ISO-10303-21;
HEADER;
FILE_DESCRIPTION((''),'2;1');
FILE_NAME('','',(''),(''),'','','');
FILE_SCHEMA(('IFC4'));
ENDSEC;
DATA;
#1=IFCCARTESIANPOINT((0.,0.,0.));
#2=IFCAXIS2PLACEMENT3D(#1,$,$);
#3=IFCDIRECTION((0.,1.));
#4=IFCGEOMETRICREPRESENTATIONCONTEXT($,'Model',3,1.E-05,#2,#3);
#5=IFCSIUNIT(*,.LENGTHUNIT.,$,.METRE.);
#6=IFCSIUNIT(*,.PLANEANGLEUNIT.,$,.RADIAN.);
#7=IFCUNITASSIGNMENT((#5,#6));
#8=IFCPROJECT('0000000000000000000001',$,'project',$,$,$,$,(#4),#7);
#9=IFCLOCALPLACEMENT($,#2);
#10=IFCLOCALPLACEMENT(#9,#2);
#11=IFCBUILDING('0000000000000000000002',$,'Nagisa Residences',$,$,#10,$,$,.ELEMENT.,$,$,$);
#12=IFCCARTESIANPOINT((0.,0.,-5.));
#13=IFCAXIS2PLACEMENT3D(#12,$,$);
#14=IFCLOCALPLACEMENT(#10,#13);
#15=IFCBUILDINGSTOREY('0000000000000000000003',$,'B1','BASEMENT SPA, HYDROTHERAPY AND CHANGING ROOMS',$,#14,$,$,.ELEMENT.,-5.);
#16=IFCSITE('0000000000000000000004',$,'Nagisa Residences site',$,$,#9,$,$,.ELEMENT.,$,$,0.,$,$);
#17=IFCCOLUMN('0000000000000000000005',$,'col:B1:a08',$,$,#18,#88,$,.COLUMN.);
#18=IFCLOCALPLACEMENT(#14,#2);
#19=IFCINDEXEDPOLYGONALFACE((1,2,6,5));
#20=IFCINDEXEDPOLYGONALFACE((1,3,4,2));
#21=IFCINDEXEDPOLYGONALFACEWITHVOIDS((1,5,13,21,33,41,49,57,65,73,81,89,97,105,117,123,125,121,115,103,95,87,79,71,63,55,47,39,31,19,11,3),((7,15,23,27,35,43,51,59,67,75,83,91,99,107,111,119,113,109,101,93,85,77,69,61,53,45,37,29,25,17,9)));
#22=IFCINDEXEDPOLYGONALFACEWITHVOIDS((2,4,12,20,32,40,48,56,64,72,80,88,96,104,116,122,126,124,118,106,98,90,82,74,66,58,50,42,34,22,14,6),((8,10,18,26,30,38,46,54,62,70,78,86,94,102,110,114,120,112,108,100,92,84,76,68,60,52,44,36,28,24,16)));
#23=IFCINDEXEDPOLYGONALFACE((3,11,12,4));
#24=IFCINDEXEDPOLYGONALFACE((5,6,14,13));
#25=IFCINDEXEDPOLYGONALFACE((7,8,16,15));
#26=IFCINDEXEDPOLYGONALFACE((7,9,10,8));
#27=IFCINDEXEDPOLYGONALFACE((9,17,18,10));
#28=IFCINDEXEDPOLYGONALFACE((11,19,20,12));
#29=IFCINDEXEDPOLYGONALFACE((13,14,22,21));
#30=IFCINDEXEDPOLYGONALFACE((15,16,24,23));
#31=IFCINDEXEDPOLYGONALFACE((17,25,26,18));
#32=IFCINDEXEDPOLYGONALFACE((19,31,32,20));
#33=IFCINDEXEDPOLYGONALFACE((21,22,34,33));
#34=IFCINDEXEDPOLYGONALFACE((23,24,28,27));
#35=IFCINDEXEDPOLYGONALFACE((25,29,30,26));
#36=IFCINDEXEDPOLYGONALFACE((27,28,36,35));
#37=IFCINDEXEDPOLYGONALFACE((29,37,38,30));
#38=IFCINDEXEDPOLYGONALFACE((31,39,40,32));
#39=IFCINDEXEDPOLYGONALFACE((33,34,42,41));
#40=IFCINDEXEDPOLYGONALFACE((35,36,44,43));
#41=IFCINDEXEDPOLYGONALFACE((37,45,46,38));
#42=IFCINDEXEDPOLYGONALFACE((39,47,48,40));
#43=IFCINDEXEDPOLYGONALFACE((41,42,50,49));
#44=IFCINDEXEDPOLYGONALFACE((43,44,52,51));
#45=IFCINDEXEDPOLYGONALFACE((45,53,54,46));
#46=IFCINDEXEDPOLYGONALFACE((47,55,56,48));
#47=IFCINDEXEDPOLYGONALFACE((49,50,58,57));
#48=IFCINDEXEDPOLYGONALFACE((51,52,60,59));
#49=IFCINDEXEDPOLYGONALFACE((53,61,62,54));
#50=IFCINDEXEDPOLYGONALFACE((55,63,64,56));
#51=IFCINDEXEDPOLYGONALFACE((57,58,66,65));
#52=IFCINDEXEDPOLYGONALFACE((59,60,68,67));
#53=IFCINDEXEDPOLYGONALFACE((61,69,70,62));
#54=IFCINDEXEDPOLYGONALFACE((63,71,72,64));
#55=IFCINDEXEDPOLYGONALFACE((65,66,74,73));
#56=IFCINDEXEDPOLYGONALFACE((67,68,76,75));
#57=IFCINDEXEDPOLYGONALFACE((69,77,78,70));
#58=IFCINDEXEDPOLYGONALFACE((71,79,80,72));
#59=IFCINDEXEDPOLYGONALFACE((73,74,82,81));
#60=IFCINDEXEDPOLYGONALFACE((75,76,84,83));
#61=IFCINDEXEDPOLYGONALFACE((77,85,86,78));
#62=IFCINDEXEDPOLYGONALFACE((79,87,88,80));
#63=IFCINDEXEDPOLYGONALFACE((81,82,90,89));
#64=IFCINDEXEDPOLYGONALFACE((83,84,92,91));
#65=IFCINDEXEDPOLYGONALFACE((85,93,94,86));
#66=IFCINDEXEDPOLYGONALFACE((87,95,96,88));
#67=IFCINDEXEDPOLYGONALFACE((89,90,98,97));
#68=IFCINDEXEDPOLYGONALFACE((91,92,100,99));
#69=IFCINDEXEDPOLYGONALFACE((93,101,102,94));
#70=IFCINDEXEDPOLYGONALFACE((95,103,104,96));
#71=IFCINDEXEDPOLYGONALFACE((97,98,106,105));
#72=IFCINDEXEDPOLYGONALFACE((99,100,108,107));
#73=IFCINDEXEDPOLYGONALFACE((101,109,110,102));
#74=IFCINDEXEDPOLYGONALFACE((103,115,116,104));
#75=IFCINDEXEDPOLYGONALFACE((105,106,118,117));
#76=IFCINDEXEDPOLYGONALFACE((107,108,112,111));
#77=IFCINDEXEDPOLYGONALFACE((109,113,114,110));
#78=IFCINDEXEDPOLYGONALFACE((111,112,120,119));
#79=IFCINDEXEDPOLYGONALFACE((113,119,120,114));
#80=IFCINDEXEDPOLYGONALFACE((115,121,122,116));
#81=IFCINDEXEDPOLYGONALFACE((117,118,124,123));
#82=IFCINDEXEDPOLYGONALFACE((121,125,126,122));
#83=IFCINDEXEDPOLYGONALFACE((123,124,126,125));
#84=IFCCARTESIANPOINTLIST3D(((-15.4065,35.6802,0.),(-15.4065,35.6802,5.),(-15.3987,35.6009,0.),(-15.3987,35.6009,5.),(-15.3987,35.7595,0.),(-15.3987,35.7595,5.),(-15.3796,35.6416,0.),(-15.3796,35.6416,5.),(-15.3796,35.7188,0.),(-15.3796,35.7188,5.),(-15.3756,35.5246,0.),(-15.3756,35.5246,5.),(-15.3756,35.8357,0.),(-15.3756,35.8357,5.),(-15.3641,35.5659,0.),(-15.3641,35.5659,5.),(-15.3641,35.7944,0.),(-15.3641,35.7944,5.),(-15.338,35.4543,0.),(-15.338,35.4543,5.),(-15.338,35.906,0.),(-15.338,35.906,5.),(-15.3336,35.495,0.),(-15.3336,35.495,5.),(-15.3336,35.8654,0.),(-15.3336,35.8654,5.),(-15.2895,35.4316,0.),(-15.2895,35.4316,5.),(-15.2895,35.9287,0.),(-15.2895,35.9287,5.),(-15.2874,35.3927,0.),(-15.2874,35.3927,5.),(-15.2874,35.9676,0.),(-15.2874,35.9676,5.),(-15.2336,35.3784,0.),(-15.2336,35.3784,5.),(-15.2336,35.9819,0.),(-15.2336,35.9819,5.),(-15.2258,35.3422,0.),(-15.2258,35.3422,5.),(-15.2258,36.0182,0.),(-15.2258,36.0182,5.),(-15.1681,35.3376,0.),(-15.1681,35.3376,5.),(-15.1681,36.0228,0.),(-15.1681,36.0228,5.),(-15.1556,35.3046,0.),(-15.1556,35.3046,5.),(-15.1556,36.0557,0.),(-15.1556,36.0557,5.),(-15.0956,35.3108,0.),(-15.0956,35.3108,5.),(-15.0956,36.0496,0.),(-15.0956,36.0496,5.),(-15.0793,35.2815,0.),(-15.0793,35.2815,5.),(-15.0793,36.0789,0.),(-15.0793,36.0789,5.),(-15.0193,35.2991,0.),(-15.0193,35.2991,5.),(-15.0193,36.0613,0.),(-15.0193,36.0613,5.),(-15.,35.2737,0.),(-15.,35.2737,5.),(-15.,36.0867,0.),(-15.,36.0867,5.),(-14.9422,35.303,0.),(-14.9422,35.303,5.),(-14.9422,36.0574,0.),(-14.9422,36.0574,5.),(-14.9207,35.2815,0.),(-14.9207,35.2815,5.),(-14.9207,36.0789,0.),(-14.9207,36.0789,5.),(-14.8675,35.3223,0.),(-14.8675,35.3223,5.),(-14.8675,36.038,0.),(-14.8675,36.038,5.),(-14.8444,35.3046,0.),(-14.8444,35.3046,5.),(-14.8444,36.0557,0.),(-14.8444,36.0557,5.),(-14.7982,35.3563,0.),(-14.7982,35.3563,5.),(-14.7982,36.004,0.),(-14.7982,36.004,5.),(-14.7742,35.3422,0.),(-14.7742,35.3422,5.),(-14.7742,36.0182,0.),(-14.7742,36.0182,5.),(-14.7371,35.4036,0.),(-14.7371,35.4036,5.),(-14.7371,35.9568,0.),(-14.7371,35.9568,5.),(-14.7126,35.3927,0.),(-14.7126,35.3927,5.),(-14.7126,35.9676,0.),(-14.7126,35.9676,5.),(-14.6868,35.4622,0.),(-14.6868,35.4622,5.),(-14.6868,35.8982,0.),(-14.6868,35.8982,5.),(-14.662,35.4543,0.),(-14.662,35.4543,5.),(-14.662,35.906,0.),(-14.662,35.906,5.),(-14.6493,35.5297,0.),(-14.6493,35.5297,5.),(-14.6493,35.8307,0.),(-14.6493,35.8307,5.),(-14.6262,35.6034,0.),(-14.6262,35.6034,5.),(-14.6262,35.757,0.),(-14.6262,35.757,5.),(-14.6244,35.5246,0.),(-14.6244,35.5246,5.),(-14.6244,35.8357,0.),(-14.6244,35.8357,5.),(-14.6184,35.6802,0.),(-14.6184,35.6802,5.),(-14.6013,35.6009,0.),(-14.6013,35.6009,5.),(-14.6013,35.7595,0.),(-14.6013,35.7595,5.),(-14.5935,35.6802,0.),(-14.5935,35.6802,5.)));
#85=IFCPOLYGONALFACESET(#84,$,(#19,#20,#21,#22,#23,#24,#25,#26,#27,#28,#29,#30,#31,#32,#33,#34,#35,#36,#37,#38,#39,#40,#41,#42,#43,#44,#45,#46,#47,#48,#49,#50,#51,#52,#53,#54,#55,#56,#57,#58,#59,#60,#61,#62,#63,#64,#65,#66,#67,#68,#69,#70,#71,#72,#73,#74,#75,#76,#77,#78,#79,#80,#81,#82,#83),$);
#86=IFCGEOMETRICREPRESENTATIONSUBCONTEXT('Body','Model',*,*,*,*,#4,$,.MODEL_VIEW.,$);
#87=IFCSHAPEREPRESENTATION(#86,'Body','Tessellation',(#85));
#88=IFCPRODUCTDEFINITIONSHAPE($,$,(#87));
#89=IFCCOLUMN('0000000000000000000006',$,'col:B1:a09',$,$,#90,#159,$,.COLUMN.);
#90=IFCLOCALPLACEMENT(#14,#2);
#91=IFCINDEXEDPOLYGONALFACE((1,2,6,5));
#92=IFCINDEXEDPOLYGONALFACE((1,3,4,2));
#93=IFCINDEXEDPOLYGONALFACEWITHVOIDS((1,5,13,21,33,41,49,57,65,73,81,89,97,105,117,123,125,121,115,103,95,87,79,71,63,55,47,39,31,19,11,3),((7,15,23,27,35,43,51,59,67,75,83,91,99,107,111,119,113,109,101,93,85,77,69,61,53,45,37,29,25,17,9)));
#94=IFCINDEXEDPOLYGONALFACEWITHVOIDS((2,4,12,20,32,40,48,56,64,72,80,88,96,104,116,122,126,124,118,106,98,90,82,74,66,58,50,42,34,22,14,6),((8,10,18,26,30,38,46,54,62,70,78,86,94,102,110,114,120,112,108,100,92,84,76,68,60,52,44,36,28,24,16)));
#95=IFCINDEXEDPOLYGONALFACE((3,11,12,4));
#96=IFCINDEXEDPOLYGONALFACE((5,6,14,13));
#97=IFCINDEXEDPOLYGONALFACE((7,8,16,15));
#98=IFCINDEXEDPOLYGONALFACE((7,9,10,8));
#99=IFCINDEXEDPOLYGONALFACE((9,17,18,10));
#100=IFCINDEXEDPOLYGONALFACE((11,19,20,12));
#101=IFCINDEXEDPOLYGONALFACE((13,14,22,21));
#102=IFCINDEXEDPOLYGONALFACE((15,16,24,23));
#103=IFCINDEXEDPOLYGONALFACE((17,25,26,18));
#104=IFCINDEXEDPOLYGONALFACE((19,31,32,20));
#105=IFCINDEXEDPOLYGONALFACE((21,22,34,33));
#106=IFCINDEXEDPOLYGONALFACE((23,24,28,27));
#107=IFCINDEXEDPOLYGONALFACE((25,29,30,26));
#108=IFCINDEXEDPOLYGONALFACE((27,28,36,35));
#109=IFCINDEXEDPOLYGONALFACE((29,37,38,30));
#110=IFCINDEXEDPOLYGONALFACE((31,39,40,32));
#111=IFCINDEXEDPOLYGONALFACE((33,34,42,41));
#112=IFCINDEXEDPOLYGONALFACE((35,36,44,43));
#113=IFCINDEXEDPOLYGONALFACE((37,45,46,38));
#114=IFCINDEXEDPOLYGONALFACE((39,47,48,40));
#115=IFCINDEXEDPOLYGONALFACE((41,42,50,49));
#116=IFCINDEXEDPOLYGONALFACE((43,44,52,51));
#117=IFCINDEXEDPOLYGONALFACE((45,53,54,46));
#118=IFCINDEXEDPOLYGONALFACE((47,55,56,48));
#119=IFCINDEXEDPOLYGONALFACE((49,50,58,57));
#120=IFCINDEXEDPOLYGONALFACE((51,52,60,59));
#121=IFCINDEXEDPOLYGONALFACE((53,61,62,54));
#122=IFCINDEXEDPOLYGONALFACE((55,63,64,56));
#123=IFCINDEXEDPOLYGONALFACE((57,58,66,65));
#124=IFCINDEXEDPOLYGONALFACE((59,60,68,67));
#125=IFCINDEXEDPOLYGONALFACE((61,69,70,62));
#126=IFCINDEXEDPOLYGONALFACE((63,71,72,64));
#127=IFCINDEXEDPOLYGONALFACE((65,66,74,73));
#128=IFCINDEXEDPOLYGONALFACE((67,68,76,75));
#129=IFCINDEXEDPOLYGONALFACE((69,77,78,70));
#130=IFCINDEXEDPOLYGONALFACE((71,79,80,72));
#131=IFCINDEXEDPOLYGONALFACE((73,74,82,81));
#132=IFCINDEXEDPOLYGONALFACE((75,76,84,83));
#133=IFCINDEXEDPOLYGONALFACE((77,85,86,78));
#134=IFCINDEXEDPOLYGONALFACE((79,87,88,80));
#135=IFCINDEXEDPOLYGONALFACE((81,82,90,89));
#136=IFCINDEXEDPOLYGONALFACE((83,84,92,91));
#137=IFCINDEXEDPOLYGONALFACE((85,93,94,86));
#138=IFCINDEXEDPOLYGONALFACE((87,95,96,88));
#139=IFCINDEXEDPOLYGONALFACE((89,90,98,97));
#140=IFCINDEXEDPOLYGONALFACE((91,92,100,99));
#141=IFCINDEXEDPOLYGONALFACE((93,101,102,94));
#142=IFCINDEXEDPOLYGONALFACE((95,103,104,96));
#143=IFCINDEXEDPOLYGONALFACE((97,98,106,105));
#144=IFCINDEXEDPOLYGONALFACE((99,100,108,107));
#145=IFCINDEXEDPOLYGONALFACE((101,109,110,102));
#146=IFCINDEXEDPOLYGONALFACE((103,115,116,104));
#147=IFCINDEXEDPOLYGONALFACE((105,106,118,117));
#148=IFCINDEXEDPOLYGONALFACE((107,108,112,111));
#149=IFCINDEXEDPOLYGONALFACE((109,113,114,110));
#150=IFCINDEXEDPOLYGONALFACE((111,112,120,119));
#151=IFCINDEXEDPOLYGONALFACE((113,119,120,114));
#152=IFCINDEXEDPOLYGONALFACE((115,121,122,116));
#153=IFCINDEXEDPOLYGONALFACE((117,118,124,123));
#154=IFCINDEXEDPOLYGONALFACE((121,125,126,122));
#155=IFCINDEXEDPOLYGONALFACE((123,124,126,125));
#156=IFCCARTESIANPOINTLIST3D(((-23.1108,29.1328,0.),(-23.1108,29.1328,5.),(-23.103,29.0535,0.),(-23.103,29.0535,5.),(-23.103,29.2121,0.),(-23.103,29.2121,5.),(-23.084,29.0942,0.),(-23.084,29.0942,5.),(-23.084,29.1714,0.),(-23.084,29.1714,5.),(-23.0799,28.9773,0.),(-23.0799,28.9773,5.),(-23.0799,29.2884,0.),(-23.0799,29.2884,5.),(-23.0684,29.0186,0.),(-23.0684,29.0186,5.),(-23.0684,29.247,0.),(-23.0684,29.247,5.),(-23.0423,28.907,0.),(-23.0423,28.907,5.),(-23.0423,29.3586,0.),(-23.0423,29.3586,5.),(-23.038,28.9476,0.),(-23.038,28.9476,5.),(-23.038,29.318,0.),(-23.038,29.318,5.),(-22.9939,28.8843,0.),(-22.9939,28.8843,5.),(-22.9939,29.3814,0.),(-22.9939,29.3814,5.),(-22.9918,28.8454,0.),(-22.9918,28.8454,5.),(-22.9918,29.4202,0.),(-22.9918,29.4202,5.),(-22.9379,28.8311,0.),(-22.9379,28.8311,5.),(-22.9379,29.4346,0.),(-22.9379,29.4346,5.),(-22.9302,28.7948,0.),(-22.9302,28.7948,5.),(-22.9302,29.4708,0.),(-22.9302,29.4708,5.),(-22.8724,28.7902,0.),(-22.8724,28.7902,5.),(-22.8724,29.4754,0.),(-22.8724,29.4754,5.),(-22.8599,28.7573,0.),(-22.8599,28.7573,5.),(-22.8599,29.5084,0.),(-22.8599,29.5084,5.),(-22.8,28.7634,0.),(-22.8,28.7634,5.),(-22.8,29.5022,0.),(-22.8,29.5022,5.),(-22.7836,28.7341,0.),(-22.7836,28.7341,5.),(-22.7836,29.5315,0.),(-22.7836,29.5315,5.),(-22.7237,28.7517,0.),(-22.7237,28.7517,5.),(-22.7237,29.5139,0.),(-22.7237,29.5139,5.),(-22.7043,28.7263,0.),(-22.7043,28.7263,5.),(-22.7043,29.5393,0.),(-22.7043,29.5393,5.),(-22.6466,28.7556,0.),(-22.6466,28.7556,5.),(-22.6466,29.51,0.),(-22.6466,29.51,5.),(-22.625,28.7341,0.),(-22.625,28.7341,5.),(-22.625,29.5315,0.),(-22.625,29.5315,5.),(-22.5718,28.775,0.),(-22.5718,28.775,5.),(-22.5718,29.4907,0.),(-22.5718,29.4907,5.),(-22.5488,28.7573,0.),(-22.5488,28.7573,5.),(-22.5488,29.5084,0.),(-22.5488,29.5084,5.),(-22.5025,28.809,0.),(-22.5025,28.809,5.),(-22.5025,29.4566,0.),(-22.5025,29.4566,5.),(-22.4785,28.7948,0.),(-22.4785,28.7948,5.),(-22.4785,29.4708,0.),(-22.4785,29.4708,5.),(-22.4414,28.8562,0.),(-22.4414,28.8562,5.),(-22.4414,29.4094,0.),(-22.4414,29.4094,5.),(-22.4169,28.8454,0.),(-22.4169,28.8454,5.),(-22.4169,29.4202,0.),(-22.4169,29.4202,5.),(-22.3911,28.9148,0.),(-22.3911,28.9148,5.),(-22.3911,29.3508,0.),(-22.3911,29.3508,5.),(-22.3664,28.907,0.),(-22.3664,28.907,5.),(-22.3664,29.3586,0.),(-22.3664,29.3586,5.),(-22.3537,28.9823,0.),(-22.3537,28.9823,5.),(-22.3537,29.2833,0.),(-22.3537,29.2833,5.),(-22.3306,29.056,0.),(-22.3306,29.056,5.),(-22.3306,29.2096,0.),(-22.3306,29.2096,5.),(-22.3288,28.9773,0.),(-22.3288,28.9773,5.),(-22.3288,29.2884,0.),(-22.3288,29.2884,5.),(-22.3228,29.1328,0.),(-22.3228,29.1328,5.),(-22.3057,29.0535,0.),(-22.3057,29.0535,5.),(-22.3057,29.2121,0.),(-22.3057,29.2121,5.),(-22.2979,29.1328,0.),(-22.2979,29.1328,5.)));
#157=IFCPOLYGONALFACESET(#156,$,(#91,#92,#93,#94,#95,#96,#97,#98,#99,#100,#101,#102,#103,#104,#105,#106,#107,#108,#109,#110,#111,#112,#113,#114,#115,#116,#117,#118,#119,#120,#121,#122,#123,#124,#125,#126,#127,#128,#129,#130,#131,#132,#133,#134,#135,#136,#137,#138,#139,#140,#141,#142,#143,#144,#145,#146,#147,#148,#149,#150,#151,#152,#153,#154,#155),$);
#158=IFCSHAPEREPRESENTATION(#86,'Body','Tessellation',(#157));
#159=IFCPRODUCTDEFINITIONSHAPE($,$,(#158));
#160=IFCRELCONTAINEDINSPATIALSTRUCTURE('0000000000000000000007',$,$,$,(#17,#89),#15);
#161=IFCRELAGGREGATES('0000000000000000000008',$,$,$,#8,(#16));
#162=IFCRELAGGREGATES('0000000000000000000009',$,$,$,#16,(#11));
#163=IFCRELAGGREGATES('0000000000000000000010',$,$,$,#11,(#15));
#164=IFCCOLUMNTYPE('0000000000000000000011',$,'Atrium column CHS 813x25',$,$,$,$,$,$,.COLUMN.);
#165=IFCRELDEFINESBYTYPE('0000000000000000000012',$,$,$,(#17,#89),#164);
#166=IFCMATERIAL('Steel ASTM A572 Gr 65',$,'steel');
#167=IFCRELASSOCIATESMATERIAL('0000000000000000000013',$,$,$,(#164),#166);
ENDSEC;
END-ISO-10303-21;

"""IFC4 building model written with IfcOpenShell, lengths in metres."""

from ifc_helpers import new_model, si_unit, direction, frame, origin, origin_2d, place, context, subcontext, project, spatial, hollow_circle, extrude, material, material_profile, profile_set, type_object, element, save


model = new_model("IFC4")

# Units and contexts
model_context = context("Model", 3, precision=1e-05, world=origin(), true_north=direction((0.0, 1.0)))
body_context = subcontext(model_context, "Body", "Model", "MODEL_VIEW")
ifc_project = project(units=[si_unit("LENGTHUNIT", "METRE"), si_unit("PLANEANGLEUNIT", "RADIAN")], contexts=[model_context])

# Site, building, storey
site_placement = place(None, origin())
site = spatial("IfcSite", under=ifc_project, at=site_placement, Name="Nagisa Residences site", CompositionType="ELEMENT", RefElevation=0.0)
building_placement = place(site_placement, origin())
building = spatial("IfcBuilding", under=site, at=building_placement, Name="Nagisa Residences", CompositionType="ELEMENT")
storey_placement = place(building_placement, frame((0.0, 0.0, -5.0)))
storey = spatial("IfcBuildingStorey", under=building, at=storey_placement, Name="B1", Description="BASEMENT SPA, HYDROTHERAPY AND CHANGING ROOMS", CompositionType="ELEMENT", Elevation=-5.0)

# Columns
ifc_material_1 = material(Name="Steel ASTM A572 Gr 65", Category="steel")
ifc_material_profile_1 = material_profile(ifc_material_1, hollow_circle(Radius=0.4065, WallThickness=0.0249, at=origin_2d()), Name="CHS 813x25")
ifc_profile_set_1 = profile_set([ifc_material_profile_1], Name="Steel ASTM A572 Gr 65")
column_type_1 = type_object("IfcColumnType", Name="Atrium column CHS 813x25", PredefinedType="COLUMN", material=ifc_profile_set_1)
for number, where, z_axis, x_axis, name in (
    (1, (-15.0, 35.6802, 0.0), (0.0, 0.0, 1.0), (1.0, 0.0, 0.0), "col:B1:a08"),
    (2, (-22.7043, 29.1328, 0.0), (0.0, 0.0, 1.0), (1.0, 0.0, 0.0), "col:B1:a09"),
):
    element("IfcColumn", number, at=place(storey_placement, frame(where, z_axis=z_axis, x_axis=x_axis)), inside=storey, type_object=column_type_1, Name=name, PredefinedType="COLUMN", context=body_context, shape_type="SweptSolid", body=[
        extrude(hollow_circle(Radius=0.4065, WallThickness=0.0249, at=origin_2d()), origin(), (0.0, 0.0, 1.0), 5.0),
    ])

save(model, "model.ifc")
